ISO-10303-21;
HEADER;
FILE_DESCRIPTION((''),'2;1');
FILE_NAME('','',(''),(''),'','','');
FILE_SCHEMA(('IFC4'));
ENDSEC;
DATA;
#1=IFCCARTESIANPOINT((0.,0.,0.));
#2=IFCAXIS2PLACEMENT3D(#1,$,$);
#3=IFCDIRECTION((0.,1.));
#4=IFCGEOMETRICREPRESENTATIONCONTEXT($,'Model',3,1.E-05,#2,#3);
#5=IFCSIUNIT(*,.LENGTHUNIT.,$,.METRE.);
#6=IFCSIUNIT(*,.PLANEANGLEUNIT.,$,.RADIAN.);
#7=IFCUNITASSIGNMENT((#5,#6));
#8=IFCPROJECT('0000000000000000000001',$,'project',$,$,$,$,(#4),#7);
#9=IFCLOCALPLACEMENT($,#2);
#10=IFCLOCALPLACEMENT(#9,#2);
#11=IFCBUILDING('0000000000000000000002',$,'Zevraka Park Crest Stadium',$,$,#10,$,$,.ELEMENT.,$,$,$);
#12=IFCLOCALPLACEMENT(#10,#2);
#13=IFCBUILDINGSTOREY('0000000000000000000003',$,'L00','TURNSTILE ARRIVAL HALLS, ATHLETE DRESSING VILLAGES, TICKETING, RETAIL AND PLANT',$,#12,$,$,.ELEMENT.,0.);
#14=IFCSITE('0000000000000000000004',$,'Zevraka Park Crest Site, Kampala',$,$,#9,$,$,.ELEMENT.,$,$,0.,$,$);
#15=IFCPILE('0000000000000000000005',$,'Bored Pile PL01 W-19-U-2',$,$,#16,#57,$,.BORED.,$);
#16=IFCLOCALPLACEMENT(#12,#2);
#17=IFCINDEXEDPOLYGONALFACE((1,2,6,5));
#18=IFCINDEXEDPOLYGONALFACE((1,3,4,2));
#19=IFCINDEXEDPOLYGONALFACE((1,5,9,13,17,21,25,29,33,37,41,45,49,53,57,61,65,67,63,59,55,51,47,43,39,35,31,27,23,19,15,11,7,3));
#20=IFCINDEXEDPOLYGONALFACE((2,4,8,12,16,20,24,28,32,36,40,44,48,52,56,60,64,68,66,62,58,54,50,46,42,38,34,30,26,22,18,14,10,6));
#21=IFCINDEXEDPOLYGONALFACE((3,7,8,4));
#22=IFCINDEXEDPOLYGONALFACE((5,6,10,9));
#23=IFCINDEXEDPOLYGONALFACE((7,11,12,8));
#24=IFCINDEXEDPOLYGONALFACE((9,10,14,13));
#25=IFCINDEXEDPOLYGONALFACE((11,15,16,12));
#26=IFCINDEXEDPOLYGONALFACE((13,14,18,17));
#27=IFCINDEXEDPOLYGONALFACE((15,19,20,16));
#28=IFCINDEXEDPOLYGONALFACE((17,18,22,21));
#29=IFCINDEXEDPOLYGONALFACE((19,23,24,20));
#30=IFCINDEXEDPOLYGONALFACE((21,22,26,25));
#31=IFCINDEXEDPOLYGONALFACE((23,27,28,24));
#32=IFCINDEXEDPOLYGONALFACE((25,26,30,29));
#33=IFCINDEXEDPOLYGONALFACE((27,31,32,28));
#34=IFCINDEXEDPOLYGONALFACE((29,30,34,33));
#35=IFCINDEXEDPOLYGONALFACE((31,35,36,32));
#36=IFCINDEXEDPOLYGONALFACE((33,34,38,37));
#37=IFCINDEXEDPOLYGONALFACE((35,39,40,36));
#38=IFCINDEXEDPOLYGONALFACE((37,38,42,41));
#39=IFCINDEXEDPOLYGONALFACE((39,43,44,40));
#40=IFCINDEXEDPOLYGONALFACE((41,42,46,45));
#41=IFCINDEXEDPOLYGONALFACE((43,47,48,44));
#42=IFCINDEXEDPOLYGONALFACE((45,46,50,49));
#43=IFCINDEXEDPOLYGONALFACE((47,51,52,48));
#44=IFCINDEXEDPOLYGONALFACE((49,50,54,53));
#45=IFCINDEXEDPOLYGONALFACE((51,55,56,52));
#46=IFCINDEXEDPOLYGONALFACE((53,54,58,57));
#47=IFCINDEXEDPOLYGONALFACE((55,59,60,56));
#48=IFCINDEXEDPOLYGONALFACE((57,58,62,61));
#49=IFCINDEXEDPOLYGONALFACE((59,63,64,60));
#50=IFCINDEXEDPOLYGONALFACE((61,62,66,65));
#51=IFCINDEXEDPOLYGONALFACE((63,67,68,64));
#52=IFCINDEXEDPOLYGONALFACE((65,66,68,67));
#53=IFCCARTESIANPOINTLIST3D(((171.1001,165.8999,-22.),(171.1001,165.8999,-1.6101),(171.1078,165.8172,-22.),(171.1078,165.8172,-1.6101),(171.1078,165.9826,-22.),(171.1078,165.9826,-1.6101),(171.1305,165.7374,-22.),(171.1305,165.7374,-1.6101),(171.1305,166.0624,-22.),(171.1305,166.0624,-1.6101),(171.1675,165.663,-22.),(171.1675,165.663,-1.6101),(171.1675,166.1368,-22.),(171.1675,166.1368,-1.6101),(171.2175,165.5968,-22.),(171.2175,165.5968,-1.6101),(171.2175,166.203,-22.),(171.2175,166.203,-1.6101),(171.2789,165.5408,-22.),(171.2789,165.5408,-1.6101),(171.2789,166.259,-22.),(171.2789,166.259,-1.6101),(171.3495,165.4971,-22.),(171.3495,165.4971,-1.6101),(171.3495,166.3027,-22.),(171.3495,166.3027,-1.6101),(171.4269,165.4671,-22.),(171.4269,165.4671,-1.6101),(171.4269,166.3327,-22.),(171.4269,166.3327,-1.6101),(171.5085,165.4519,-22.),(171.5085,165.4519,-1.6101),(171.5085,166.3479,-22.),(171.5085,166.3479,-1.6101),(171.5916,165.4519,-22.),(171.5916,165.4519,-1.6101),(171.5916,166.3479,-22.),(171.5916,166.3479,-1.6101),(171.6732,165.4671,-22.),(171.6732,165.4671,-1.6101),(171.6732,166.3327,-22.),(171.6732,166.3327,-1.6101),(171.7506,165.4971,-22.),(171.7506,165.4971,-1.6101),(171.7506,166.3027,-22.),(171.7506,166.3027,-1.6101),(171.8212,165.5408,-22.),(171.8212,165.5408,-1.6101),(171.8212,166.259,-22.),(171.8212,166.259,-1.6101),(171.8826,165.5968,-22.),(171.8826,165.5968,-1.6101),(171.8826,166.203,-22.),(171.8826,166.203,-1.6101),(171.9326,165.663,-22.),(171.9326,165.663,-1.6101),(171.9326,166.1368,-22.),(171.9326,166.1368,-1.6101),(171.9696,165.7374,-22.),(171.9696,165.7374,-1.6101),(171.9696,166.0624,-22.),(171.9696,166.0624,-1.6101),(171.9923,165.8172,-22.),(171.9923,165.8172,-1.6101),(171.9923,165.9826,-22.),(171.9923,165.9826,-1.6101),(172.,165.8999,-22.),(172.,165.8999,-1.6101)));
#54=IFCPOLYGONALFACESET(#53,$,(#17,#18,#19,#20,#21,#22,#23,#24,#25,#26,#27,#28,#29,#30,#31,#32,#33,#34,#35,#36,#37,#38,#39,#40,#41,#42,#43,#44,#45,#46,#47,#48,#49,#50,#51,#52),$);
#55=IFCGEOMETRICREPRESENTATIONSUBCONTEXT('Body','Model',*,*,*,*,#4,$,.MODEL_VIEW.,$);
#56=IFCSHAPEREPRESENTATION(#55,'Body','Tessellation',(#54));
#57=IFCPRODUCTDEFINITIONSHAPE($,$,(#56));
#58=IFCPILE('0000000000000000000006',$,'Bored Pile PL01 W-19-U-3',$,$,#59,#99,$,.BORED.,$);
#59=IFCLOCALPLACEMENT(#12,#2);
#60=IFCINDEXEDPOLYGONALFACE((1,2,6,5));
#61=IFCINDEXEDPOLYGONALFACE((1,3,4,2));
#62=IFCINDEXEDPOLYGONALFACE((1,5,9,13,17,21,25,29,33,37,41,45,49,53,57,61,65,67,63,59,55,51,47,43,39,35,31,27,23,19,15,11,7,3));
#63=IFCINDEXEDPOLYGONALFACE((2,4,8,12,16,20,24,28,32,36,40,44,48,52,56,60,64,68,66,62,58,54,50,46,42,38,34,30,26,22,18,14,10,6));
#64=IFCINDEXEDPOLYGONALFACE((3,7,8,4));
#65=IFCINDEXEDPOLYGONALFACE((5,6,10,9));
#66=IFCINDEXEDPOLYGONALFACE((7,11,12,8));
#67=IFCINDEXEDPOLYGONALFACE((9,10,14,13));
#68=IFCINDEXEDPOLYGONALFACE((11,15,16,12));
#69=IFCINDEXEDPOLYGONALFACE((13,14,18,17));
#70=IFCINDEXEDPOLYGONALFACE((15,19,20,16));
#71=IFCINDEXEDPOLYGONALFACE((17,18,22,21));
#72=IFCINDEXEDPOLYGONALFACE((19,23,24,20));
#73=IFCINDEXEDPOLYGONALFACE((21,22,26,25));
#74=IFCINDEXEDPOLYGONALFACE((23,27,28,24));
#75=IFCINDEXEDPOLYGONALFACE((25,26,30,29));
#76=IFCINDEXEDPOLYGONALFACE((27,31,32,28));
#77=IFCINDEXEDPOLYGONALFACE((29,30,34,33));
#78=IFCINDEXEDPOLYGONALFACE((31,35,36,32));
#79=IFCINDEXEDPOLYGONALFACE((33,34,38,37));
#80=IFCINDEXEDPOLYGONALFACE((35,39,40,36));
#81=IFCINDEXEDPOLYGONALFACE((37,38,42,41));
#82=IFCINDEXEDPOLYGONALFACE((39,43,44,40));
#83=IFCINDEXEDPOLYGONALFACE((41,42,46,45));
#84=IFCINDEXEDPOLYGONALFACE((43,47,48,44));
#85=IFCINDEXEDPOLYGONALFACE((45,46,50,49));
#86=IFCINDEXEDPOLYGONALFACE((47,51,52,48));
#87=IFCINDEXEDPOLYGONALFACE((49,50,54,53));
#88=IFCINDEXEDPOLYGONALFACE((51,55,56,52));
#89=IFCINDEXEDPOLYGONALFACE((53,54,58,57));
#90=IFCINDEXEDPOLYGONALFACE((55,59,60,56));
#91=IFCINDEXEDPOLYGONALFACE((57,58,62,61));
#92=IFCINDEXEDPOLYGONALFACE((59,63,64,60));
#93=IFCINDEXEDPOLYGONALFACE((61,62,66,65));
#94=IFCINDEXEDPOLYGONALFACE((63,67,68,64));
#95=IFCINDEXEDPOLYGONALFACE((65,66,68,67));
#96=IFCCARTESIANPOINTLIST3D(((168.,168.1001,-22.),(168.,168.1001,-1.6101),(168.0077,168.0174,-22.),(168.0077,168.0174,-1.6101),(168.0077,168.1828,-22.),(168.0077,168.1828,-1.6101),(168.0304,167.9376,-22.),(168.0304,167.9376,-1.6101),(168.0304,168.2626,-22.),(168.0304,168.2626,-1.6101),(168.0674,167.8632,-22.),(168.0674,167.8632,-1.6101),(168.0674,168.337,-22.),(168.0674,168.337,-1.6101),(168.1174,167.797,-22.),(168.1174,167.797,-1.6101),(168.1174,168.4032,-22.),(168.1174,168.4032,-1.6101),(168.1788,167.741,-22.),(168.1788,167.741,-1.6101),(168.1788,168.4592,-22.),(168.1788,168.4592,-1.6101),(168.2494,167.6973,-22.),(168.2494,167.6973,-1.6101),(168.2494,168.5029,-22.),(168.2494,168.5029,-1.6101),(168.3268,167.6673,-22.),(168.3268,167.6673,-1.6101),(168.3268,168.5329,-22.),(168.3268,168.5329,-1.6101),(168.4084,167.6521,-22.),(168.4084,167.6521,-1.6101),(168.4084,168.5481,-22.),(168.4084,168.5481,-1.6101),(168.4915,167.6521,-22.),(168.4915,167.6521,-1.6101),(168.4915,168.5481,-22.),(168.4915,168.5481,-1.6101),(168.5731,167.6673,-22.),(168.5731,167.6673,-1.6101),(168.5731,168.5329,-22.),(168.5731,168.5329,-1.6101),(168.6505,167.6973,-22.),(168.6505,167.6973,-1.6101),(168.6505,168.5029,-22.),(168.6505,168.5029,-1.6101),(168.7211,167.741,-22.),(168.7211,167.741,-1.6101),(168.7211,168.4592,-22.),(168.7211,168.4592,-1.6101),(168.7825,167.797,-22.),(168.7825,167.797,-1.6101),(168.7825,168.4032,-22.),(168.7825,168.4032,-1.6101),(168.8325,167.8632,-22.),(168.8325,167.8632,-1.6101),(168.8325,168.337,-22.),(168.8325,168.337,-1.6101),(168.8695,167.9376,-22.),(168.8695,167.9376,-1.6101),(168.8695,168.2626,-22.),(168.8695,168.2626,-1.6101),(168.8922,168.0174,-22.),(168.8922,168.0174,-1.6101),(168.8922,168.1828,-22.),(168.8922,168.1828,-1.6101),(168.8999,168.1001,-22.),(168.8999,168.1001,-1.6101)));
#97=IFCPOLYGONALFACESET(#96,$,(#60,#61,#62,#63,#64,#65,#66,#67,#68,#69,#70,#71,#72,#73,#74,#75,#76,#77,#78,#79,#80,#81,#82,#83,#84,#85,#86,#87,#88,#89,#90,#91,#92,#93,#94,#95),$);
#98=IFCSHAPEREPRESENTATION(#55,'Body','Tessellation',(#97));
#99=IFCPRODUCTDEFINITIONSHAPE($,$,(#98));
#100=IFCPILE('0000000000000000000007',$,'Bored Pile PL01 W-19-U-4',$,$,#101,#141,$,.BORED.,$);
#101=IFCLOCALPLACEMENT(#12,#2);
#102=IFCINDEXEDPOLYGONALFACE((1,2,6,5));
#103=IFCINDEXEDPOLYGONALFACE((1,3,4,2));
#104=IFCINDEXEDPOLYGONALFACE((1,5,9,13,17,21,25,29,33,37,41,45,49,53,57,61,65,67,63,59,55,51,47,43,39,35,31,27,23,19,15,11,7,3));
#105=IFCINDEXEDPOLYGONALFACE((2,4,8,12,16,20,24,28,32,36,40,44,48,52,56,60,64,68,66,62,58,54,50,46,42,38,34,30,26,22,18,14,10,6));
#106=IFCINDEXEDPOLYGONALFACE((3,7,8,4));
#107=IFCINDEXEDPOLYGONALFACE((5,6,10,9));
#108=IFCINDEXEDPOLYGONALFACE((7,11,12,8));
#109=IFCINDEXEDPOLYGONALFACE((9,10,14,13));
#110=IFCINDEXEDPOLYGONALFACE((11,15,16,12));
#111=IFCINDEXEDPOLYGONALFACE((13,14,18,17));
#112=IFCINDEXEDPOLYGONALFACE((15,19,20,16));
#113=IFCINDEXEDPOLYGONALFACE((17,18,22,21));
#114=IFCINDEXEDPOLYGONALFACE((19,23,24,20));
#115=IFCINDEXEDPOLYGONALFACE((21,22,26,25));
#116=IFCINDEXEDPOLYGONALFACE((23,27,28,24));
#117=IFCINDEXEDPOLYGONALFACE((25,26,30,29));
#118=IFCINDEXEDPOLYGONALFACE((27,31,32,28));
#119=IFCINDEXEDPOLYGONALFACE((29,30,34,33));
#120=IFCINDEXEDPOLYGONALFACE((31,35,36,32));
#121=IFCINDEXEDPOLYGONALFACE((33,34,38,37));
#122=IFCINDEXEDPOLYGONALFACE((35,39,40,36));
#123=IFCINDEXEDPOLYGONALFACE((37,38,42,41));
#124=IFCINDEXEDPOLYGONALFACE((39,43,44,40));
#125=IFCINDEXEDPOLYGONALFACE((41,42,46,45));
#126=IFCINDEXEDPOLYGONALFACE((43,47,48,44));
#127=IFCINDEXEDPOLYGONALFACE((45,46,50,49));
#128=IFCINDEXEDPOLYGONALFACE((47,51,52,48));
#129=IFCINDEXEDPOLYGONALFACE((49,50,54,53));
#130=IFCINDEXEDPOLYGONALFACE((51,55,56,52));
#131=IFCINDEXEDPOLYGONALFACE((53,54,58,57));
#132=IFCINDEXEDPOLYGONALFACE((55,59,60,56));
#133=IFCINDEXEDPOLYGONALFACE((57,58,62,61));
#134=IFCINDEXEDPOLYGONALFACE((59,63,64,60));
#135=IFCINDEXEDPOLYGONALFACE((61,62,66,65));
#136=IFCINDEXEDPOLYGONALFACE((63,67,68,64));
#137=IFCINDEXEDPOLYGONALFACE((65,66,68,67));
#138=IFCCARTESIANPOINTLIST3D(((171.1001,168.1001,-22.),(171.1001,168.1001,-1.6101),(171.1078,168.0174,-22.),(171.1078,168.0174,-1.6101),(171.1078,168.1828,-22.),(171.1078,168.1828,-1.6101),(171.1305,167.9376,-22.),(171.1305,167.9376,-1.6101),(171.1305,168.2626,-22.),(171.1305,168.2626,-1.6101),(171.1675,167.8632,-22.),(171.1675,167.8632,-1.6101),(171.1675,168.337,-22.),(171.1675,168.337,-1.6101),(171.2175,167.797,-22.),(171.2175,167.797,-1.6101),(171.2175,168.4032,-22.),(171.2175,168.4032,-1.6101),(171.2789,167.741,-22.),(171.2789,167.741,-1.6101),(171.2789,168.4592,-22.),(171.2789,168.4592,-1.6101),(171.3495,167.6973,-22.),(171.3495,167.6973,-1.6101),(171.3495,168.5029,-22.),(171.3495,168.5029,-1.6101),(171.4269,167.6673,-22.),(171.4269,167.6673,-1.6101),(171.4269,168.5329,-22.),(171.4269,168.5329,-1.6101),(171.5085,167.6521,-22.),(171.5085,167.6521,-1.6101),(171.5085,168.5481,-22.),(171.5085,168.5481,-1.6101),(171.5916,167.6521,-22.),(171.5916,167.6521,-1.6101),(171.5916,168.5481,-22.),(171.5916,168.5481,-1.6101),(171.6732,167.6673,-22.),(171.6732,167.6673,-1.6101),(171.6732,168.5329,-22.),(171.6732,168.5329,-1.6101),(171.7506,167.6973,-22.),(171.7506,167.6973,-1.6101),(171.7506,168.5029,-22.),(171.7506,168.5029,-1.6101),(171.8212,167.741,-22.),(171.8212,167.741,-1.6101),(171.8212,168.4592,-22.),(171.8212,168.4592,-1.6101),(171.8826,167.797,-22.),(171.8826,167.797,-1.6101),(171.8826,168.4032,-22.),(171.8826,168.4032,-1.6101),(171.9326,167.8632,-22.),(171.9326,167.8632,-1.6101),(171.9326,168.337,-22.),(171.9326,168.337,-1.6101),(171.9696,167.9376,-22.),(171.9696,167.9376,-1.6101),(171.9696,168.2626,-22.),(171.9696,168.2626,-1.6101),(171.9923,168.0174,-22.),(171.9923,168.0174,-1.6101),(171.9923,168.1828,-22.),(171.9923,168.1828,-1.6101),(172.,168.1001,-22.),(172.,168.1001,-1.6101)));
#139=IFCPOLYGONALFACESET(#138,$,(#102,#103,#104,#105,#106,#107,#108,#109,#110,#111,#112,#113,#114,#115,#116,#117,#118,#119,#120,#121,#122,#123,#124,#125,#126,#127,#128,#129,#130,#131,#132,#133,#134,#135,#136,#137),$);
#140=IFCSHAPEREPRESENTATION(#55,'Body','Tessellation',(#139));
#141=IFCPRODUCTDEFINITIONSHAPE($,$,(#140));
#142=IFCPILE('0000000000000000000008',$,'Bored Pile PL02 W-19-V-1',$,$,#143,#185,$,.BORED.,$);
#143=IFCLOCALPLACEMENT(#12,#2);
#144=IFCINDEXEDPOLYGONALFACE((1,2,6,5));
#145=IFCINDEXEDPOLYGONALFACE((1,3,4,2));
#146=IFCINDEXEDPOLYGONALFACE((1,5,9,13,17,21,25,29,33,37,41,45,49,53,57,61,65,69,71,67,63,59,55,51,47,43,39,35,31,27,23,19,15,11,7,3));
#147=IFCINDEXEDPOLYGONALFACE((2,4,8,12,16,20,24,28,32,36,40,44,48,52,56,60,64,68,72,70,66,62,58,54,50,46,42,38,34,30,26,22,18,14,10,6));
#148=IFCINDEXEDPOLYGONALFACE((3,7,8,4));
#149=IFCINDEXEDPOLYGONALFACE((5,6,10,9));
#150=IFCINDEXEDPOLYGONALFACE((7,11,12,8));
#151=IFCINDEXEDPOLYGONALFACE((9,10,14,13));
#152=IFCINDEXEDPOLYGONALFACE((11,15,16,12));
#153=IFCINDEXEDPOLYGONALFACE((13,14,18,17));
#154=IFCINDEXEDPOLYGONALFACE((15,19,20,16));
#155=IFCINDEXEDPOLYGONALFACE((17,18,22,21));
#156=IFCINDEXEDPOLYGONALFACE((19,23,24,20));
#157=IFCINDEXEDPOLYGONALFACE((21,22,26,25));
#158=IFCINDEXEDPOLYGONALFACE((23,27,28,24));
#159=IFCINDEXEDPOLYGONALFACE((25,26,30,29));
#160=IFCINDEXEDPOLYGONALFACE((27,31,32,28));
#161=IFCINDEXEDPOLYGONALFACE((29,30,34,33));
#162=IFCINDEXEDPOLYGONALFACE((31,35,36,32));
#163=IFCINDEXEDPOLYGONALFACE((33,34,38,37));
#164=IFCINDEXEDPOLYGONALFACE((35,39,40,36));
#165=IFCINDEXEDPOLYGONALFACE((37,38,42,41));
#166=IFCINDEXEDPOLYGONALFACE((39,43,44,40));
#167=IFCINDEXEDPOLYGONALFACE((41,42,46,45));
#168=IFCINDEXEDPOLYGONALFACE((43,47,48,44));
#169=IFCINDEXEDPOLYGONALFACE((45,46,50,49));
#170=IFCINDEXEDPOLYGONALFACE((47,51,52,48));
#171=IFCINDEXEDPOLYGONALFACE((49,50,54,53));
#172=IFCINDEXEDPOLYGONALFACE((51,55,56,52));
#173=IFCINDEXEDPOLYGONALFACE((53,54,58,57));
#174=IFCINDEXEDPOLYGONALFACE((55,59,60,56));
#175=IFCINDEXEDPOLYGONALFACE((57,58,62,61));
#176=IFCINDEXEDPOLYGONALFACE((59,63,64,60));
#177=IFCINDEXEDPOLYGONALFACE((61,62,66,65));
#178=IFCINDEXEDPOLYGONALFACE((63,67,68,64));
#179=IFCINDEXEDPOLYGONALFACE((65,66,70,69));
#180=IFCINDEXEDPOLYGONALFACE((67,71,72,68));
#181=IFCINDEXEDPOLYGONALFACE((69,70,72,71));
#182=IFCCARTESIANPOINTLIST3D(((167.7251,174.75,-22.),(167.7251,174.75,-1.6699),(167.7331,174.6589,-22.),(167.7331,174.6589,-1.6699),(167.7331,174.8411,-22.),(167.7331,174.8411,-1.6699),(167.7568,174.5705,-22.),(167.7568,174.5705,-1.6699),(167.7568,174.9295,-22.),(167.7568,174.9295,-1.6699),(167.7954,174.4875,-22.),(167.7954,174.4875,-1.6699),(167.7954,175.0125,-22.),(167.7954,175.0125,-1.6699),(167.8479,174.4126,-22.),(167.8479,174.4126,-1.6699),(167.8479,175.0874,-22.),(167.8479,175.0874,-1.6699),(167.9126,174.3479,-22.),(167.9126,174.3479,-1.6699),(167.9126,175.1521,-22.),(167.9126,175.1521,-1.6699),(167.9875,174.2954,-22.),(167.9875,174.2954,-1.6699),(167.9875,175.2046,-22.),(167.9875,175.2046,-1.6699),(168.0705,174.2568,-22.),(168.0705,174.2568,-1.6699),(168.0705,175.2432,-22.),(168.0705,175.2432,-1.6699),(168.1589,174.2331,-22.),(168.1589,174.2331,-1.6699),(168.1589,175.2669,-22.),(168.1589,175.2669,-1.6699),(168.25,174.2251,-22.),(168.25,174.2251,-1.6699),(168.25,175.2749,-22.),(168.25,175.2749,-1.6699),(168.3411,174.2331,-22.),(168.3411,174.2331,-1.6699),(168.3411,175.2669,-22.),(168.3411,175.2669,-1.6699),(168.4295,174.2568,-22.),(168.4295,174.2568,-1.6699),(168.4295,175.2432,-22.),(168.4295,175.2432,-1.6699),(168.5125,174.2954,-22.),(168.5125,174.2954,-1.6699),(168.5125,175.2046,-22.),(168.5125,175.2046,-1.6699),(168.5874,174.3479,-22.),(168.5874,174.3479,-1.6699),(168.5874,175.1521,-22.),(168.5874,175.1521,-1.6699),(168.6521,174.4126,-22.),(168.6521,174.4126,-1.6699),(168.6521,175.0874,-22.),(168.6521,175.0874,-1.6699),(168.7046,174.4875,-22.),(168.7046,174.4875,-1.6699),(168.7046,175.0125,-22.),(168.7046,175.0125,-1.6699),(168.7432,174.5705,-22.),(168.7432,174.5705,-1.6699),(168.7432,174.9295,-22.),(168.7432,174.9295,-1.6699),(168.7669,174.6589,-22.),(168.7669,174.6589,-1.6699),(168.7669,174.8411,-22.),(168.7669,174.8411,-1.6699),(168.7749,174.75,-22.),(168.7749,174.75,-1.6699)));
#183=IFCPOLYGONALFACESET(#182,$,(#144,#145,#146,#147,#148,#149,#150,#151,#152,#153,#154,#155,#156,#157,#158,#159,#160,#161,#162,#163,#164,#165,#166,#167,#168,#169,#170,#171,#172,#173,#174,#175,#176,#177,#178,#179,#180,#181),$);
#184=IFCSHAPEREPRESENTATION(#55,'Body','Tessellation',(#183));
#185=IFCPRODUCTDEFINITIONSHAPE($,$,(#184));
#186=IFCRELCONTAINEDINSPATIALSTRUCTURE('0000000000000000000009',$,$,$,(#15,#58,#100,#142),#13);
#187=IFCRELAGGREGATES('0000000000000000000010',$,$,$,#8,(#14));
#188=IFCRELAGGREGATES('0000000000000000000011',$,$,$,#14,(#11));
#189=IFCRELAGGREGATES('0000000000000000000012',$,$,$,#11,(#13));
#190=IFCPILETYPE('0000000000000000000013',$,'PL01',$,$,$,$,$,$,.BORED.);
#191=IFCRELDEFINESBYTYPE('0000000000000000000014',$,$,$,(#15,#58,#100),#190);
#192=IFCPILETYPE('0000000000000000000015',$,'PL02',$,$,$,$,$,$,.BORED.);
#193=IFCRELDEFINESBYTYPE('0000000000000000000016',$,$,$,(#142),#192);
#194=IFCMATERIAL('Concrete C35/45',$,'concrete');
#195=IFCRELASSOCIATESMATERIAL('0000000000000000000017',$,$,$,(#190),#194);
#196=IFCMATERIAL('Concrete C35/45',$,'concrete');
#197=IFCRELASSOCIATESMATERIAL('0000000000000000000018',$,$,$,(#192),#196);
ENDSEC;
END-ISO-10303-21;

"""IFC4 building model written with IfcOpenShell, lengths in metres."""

from ifc_helpers import new_model, si_unit, direction, frame, origin, origin_2d, place, context, subcontext, project, spatial, circle, extrude, material, material_profile, profile_set, type_object, element, save


model = new_model("IFC4")

# Units and contexts
model_context = context("Model", 3, precision=1e-05, world=origin(), true_north=direction((0.0, 1.0)))
body_context = subcontext(model_context, "Body", "Model", "MODEL_VIEW")
ifc_project = project(units=[si_unit("LENGTHUNIT", "METRE"), si_unit("PLANEANGLEUNIT", "RADIAN")], contexts=[model_context])

# Site, building, storey
site_placement = place(None, origin())
site = spatial("IfcSite", under=ifc_project, at=site_placement, Name="Zevraka Park Crest Site, Kampala", CompositionType="ELEMENT", RefElevation=0.0)
building_placement = place(site_placement, origin())
building = spatial("IfcBuilding", under=site, at=building_placement, Name="Zevraka Park Crest Stadium", CompositionType="ELEMENT")
storey_placement = place(building_placement, origin())
storey = spatial("IfcBuildingStorey", under=building, at=storey_placement, Name="L00", Description="TURNSTILE ARRIVAL HALLS, ATHLETE DRESSING VILLAGES, TICKETING, RETAIL AND PLANT", CompositionType="ELEMENT", Elevation=0.0)

# Piles
ifc_material_1 = material(Name="Concrete C35/45", Category="concrete")
ifc_material_profile_1 = material_profile(ifc_material_1, circle(Radius=0.45, at=origin_2d()), Name="PILE D900")
ifc_profile_set_1 = profile_set([ifc_material_profile_1], Name="Concrete C35/45")
pile_type_1 = type_object("IfcPileType", Name="PL01", PredefinedType="BORED", material=ifc_profile_set_1)
for number, where, z_axis, x_axis, name in (
    (1, (171.55, 165.8999, -1.6101), (0.0, 0.0, -1.0), (1.0, 0.0, 0.0), "Bored Pile PL01 W-19-U-2"),
    (2, (168.45, 168.1001, -1.6101), (0.0, 0.0, -1.0), (1.0, 0.0, 0.0), "Bored Pile PL01 W-19-U-3"),
    (3, (171.55, 168.1001, -1.6101), (0.0, 0.0, -1.0), (1.0, 0.0, 0.0), "Bored Pile PL01 W-19-U-4"),
):
    element("IfcPile", number, at=place(storey_placement, frame(where, z_axis=z_axis, x_axis=x_axis)), inside=storey, type_object=pile_type_1, Name=name, PredefinedType="BORED", context=body_context, shape_type="SweptSolid", body=[
        extrude(circle(Radius=0.45, at=origin_2d()), origin(), (0.0, 0.0, 1.0), 20.3899),
    ])
ifc_material_2 = material(Name="Concrete C35/45", Category="concrete")
ifc_material_profile_2 = material_profile(ifc_material_2, circle(Radius=0.5249, at=origin_2d()), Name="PILE D1050")
ifc_profile_set_2 = profile_set([ifc_material_profile_2], Name="Concrete C35/45")
pile_type_2 = type_object("IfcPileType", Name="PL02", PredefinedType="BORED", material=ifc_profile_set_2)
for number, where, z_axis, x_axis, name in (
    (4, (168.25, 174.75, -1.6699), (0.0, 0.0, -1.0), (1.0, 0.0, 0.0), "Bored Pile PL02 W-19-V-1"),
):
    element("IfcPile", number, at=place(storey_placement, frame(where, z_axis=z_axis, x_axis=x_axis)), inside=storey, type_object=pile_type_2, Name=name, PredefinedType="BORED", context=body_context, shape_type="SweptSolid", body=[
        extrude(circle(Radius=0.5249, at=origin_2d()), origin(), (0.0, 0.0, 1.0), 20.3301),
    ])

save(model, "model.ifc")
